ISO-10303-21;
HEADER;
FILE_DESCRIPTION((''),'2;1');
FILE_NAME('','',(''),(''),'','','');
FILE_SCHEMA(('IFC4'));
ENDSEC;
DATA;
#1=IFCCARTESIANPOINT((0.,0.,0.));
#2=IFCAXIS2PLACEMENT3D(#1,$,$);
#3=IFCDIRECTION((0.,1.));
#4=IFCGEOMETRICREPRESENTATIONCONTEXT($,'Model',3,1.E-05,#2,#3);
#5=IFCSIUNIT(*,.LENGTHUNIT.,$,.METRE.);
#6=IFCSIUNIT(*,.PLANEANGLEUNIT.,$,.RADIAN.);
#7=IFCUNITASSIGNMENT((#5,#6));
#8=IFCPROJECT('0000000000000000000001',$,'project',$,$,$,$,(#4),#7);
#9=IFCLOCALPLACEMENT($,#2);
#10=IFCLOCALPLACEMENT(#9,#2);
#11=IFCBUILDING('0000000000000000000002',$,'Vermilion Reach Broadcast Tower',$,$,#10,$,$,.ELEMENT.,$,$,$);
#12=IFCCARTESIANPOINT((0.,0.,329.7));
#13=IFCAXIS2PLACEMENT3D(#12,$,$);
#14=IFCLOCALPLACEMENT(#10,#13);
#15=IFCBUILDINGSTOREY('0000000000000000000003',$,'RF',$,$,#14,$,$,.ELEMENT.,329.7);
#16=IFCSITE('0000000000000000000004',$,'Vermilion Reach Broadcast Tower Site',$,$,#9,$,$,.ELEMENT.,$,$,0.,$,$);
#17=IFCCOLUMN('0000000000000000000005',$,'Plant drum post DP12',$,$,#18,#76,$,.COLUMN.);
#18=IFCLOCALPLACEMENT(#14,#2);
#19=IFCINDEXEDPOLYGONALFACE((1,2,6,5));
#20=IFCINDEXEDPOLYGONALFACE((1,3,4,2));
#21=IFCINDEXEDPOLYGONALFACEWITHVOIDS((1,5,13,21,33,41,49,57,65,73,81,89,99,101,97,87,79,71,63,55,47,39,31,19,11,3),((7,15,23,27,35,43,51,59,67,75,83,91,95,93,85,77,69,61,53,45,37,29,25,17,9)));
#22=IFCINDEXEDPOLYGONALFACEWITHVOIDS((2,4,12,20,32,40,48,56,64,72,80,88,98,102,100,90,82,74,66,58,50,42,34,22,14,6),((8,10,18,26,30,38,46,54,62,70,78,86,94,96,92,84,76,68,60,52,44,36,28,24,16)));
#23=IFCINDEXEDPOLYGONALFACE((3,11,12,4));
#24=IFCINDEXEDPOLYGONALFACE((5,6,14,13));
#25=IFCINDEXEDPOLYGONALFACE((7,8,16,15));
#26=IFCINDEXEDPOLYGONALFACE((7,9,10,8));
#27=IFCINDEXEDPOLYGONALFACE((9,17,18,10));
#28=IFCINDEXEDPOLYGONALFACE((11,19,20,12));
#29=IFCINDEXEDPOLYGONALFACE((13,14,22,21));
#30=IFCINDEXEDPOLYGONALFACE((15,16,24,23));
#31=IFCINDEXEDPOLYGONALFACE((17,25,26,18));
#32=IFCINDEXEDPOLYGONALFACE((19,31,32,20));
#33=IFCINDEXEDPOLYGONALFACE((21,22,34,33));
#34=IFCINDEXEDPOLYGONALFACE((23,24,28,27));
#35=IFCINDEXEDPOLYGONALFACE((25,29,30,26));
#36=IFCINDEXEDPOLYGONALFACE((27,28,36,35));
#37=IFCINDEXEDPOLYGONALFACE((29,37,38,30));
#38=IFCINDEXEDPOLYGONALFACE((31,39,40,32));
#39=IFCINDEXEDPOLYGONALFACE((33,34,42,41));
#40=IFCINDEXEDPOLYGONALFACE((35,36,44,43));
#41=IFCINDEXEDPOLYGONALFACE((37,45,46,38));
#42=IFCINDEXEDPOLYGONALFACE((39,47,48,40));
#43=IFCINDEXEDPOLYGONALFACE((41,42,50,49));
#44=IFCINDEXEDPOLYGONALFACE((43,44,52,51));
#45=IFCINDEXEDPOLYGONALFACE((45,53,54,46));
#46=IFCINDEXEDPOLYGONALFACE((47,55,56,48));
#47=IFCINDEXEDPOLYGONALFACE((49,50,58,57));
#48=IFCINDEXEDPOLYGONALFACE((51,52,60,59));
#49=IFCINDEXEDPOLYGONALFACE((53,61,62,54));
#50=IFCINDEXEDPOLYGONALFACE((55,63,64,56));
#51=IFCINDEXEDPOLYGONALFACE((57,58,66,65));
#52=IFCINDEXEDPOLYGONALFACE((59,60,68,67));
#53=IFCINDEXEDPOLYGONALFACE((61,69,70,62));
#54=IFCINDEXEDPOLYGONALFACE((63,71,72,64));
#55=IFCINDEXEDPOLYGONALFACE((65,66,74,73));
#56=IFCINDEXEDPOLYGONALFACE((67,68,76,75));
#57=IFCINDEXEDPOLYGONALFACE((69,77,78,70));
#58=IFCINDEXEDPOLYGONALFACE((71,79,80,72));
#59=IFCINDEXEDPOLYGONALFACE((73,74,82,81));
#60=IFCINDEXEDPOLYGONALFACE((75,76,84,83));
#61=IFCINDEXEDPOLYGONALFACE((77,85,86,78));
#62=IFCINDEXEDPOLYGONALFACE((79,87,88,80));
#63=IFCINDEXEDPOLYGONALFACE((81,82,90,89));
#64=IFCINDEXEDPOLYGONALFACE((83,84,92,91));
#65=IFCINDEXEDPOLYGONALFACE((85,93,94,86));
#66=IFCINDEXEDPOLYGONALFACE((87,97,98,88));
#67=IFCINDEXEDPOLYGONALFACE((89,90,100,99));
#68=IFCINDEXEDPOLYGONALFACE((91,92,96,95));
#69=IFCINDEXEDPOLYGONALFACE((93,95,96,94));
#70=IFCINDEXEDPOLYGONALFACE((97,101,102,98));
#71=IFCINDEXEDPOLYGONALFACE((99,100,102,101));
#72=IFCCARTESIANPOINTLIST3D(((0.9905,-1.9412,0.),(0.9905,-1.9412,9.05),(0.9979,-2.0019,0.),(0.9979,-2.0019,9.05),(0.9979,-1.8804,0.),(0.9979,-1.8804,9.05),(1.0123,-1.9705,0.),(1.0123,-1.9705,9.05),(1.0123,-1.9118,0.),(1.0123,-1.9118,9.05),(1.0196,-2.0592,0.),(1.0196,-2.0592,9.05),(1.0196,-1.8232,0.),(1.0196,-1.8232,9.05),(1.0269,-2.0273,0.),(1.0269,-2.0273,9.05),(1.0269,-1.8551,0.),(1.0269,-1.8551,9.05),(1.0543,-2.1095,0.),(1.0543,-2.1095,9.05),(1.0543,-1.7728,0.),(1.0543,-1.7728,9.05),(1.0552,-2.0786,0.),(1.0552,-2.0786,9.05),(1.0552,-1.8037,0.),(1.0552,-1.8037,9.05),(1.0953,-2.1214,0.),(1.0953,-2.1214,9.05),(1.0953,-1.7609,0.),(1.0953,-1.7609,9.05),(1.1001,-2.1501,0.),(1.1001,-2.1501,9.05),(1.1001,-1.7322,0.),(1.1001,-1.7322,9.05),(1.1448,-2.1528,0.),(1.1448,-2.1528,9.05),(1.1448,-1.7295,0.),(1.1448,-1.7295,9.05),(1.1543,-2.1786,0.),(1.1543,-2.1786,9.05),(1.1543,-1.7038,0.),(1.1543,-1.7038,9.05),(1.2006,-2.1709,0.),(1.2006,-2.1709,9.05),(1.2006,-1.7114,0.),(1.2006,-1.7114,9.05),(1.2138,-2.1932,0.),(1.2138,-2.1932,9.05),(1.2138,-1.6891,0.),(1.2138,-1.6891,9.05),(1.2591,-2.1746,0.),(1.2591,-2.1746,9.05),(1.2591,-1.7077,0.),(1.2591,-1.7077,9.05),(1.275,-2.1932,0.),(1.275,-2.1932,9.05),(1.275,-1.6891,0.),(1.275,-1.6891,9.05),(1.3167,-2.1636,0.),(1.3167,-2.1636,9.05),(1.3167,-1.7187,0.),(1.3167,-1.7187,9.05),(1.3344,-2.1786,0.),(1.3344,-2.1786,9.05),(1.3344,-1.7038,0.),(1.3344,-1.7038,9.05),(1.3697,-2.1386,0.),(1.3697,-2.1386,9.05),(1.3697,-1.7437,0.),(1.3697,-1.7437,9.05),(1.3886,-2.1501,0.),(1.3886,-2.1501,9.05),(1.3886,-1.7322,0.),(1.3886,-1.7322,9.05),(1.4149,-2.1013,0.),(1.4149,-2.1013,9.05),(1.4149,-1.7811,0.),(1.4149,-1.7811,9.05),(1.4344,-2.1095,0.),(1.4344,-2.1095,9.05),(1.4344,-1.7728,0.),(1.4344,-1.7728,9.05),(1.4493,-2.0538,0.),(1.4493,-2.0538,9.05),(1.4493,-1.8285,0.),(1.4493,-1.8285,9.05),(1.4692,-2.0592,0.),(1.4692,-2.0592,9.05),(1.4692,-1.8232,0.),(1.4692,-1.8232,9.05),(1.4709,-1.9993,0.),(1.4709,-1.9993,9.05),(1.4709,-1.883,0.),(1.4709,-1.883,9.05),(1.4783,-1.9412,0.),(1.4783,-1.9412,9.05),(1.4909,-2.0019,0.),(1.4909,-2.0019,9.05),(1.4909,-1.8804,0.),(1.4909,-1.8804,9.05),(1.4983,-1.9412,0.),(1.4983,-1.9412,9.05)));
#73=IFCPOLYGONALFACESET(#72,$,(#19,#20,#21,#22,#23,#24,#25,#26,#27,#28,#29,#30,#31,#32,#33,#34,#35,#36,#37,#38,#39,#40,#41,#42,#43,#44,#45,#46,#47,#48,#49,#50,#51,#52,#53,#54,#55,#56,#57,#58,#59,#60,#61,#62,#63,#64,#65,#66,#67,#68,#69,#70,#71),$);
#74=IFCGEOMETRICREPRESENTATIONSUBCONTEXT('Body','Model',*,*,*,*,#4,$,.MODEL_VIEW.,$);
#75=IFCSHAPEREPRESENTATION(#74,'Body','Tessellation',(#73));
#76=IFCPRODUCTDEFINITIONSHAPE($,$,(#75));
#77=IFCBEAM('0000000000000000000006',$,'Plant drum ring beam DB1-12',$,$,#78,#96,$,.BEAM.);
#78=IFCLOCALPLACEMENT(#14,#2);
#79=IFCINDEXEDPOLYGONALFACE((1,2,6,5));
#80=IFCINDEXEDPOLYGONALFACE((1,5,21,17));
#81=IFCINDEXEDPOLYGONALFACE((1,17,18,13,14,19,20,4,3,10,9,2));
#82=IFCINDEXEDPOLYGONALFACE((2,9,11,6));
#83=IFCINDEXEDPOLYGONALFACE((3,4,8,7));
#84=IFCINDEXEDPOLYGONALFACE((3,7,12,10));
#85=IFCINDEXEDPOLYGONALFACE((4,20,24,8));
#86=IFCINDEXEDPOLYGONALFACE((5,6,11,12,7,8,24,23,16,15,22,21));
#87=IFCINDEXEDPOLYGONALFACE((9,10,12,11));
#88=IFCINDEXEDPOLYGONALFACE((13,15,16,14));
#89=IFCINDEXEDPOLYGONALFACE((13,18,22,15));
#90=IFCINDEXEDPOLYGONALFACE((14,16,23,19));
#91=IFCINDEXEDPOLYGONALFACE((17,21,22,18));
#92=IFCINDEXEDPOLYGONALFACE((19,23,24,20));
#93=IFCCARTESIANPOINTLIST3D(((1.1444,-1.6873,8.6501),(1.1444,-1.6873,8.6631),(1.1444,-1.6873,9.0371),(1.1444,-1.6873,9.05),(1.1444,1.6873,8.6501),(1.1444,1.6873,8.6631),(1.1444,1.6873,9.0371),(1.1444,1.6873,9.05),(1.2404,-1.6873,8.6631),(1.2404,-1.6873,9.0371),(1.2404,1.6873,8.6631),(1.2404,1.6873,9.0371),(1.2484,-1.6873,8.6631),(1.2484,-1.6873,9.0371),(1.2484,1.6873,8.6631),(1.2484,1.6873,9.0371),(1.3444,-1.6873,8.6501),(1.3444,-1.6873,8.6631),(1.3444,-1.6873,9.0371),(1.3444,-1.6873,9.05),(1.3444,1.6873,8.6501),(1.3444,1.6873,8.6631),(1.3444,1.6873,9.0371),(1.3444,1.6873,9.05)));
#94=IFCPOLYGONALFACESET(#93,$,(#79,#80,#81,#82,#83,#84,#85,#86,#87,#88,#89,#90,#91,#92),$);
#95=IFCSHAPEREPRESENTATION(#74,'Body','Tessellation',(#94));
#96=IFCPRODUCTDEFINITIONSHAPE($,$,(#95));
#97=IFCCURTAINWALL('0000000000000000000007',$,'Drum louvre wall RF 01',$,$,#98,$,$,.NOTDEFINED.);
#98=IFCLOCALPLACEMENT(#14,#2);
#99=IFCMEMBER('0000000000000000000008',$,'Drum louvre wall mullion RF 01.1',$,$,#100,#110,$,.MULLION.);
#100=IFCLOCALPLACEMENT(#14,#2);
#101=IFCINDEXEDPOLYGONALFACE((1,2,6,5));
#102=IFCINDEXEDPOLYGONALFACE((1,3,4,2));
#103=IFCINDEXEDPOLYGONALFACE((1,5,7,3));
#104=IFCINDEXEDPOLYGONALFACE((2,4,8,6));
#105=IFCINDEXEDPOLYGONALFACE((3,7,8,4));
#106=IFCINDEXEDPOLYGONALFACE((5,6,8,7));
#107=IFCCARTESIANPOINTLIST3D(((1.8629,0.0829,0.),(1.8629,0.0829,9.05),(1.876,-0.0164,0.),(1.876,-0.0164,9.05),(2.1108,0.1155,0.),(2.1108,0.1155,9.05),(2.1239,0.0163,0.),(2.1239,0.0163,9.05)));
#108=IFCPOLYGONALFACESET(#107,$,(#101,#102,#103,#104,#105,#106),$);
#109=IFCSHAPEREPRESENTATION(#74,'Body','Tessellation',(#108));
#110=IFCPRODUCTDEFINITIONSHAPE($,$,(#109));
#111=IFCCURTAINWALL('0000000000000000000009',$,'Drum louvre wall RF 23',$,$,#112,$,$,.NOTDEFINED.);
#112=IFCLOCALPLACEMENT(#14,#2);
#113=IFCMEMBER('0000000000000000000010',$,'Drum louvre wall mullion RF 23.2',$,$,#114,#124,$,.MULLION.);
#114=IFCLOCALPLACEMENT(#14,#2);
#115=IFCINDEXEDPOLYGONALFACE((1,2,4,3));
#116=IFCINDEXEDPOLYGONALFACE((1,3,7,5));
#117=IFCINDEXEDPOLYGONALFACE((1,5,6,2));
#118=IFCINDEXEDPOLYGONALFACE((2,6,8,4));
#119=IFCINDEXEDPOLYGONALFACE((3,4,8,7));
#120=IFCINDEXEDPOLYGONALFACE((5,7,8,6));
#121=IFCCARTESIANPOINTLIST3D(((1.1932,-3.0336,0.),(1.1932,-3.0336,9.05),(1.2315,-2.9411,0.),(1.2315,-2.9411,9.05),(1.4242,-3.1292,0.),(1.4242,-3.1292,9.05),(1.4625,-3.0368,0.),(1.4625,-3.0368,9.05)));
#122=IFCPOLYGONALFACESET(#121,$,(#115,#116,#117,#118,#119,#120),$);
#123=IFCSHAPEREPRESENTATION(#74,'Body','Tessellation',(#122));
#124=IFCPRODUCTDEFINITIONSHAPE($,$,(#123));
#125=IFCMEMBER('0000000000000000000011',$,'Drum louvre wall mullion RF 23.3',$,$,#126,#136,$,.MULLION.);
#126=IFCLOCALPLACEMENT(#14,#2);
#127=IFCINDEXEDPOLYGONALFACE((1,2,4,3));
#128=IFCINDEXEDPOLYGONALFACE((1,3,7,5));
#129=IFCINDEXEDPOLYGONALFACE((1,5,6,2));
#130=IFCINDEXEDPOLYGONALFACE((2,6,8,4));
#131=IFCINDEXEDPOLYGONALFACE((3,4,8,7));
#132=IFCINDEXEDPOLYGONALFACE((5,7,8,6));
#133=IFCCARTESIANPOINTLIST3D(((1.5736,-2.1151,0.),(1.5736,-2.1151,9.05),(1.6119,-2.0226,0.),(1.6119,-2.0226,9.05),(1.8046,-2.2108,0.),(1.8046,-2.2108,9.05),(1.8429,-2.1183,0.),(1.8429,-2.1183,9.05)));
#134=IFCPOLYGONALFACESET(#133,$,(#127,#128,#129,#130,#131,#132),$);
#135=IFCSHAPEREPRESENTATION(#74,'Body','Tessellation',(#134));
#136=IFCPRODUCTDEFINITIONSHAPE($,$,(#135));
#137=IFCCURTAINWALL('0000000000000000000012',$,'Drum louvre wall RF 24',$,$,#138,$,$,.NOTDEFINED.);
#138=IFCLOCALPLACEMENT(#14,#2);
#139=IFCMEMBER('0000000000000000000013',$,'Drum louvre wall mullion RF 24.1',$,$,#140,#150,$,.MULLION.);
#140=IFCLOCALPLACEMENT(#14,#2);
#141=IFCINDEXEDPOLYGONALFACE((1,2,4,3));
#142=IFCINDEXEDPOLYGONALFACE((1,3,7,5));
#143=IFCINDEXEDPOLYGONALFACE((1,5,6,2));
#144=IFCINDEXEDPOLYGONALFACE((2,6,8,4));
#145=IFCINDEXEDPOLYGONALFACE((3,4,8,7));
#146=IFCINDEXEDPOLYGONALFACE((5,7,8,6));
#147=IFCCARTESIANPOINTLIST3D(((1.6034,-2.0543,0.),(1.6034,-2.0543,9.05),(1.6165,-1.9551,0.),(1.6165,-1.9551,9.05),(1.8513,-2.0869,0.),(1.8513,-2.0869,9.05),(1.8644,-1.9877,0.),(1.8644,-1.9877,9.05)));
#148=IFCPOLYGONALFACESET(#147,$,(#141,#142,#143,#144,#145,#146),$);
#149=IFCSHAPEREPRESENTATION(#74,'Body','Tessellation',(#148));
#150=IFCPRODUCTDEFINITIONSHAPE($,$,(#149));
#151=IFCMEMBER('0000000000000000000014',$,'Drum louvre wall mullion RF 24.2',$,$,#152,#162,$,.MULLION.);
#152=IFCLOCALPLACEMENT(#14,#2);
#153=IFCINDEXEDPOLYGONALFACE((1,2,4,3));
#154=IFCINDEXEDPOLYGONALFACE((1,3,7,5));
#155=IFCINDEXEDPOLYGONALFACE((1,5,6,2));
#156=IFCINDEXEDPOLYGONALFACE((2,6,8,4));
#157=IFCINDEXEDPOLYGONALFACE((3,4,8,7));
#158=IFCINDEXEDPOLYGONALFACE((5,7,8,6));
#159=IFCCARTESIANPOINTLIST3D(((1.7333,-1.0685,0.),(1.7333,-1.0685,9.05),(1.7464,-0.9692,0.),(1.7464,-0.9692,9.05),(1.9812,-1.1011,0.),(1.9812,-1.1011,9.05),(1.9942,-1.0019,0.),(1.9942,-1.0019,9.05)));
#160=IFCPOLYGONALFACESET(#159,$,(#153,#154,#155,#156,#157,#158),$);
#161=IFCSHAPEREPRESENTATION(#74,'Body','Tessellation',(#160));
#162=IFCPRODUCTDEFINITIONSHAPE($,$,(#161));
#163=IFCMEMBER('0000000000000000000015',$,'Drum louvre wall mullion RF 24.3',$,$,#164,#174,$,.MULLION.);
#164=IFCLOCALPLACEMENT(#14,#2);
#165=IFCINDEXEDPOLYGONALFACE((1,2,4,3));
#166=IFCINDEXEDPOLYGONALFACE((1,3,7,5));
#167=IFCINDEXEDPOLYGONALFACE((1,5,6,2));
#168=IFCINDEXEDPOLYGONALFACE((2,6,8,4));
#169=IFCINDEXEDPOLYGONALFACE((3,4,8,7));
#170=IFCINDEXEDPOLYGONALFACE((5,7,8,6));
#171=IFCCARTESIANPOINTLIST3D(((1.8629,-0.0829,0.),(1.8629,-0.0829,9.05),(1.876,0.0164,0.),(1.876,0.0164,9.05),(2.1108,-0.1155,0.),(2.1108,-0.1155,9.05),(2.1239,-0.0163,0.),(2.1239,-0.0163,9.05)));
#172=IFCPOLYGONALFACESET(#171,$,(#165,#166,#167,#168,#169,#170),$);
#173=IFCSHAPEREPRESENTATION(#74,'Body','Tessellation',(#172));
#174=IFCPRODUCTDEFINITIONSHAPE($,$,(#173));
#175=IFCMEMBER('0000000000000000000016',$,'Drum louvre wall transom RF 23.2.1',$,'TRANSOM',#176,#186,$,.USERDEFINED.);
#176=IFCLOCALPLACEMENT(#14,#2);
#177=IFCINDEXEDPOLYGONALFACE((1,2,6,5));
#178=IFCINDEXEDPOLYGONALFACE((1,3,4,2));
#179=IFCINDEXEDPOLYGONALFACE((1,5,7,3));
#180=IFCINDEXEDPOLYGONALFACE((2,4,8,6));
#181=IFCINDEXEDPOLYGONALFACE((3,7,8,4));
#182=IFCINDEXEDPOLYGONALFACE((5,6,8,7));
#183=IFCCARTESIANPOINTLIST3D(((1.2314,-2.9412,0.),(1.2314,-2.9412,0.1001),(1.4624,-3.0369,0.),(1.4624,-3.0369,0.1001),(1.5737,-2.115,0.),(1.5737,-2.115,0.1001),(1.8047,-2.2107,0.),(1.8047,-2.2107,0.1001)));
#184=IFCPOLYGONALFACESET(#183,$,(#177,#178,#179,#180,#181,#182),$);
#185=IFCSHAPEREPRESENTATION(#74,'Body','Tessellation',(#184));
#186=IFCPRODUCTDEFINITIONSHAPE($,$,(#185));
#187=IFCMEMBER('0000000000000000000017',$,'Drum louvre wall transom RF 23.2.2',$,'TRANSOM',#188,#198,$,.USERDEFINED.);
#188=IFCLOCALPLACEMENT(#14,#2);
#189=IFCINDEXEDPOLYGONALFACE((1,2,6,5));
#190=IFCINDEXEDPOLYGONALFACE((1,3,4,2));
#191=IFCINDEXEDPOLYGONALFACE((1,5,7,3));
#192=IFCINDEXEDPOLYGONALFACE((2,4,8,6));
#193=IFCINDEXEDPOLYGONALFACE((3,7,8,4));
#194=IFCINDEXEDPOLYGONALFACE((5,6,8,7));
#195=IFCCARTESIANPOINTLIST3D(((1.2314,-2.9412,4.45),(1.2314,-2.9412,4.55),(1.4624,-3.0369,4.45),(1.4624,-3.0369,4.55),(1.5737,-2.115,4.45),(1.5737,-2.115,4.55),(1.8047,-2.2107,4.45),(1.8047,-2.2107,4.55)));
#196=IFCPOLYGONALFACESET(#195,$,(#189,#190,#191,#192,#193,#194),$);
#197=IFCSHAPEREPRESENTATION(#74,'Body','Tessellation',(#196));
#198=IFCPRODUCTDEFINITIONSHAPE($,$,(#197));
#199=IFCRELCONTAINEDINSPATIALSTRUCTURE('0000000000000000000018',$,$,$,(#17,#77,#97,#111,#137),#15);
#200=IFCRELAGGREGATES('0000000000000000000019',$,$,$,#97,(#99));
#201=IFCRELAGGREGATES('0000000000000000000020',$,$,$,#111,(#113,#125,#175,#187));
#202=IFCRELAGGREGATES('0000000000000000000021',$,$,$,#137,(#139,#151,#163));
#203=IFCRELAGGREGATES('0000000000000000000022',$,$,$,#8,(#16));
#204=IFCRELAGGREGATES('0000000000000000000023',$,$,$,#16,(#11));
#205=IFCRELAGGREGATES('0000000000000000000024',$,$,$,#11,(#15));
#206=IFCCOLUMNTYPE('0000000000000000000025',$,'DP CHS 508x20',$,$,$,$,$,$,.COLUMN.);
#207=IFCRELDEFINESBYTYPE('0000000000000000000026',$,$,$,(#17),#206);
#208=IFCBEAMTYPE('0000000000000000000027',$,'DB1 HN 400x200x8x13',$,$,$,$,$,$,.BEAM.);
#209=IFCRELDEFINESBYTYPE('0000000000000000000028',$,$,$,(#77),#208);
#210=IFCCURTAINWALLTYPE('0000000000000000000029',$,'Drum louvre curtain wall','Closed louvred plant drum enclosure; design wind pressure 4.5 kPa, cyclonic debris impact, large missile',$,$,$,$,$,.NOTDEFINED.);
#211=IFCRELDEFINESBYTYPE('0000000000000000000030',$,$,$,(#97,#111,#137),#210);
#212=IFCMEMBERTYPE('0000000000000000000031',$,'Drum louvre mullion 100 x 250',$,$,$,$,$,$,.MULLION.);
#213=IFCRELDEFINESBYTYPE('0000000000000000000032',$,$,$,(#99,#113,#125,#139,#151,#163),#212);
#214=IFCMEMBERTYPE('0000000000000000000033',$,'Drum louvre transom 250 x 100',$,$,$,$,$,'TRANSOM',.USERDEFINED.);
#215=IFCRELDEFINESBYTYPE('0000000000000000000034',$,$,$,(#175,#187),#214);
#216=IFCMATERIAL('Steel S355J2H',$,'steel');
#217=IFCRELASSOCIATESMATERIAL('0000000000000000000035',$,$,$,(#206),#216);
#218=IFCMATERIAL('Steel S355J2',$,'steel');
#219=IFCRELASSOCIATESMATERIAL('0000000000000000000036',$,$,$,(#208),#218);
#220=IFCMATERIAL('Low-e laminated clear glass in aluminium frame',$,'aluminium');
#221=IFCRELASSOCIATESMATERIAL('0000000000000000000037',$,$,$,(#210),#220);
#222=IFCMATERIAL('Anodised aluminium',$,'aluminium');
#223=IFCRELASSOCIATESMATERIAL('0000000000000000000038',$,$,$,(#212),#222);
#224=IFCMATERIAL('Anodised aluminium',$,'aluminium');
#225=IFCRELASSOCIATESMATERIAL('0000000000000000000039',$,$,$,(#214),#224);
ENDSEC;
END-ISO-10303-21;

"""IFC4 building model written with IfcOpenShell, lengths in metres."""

from ifc_helpers import new_model, si_unit, direction, frame, origin, origin_2d, place, context, subcontext, project, spatial, rectangle, hollow_circle, i_section, extrude, material, material_profile, profile_set, type_object, element, aggregate, save


model = new_model("IFC4")

# Units and contexts
model_context = context("Model", 3, precision=1e-05, world=origin(), true_north=direction((0.0, 1.0)))
body_context = subcontext(model_context, "Body", "Model", "MODEL_VIEW")
ifc_project = project(units=[si_unit("LENGTHUNIT", "METRE"), si_unit("PLANEANGLEUNIT", "RADIAN")], contexts=[model_context])

# Site, building, storey
site_placement = place(None, origin())
site = spatial("IfcSite", under=ifc_project, at=site_placement, Name="Vermilion Reach Broadcast Tower Site", CompositionType="ELEMENT", RefElevation=0.0)
building_placement = place(site_placement, origin())
building = spatial("IfcBuilding", under=site, at=building_placement, Name="Vermilion Reach Broadcast Tower", CompositionType="ELEMENT")
storey_placement = place(building_placement, frame((0.0, 0.0, 329.7)))
storey = spatial("IfcBuildingStorey", under=building, at=storey_placement, Name="RF", CompositionType="ELEMENT", Elevation=329.7)

# Column
ifc_material_1 = material(Name="Steel S355J2H", Category="steel")
ifc_material_profile_1 = material_profile(ifc_material_1, hollow_circle(Radius=0.2539, WallThickness=0.02, at=origin_2d()), Name="S355J2H CHS 508x20")
ifc_profile_set_1 = profile_set([ifc_material_profile_1], Name="Steel S355J2H")
column_type = type_object("IfcColumnType", Name="DP CHS 508x20", PredefinedType="COLUMN", material=ifc_profile_set_1)
column_placement = place(storey_placement, frame((1.2444, -1.9412, 0.0), z_axis=(0.0, 0.0, 1.0), x_axis=(1.0, 0.0, 0.0)))
element("IfcColumn", 1, at=column_placement, inside=storey, type_object=column_type, Name="Plant drum post DP12", PredefinedType="COLUMN", context=body_context, shape_type="SweptSolid", body=[
    extrude(hollow_circle(Radius=0.2539, WallThickness=0.02, at=origin_2d()), origin(), (0.0, 0.0, 1.0), 9.05),
])

# Beam
ifc_material_2 = material(Name="Steel S355J2", Category="steel")
ifc_material_profile_2 = material_profile(ifc_material_2, i_section(OverallWidth=0.2, OverallDepth=0.3999, WebThickness=0.0081, FlangeThickness=0.0129, at=origin_2d()), Name="S355J2 HN 400x200x8x13")
ifc_profile_set_2 = profile_set([ifc_material_profile_2], Name="Steel S355J2")
beam_type = type_object("IfcBeamType", Name="DB1 HN 400x200x8x13", PredefinedType="BEAM", material=ifc_profile_set_2)
beam_placement = place(storey_placement, frame((1.2444, -1.6873, 8.8501), z_axis=(0.0, 1.0, 0.0), x_axis=(-1.0, 0.0, 0.0)))
element("IfcBeam", 2, at=beam_placement, inside=storey, type_object=beam_type, Name="Plant drum ring beam DB1-12", PredefinedType="BEAM", context=body_context, shape_type="SweptSolid", body=[
    extrude(i_section(OverallWidth=0.2, OverallDepth=0.3999, WebThickness=0.0081, FlangeThickness=0.0129, at=origin_2d()), origin(), (0.0, 0.0, 1.0), 3.3745),
])

# Curtain wall, member
ifc_material_3 = material(Name="Low-e laminated clear glass in aluminium frame", Category="aluminium")
curtain_wall_type = type_object("IfcCurtainWallType", Name="Drum louvre curtain wall", Description="Closed louvred plant drum enclosure; design wind pressure 4.5 kPa, cyclonic debris impact, large missile", PredefinedType="NOTDEFINED", material=ifc_material_3)
placement = place(storey_placement, origin())
curtain_wall_1 = element("IfcCurtainWall", 3, at=placement, inside=storey, type_object=curtain_wall_type, Name="Drum louvre wall RF 01", PredefinedType="NOTDEFINED")
ifc_material_4 = material(Name="Anodised aluminium", Category="aluminium")
ifc_material_profile_3 = material_profile(ifc_material_4, rectangle(XDim=0.25, YDim=0.1001, at=origin_2d()), Name="Drum louvre mullion 100 x 250")
ifc_profile_set_3 = profile_set([ifc_material_profile_3], Name="Anodised aluminium")
member_type_1 = type_object("IfcMemberType", Name="Drum louvre mullion 100 x 250", PredefinedType="MULLION", material=ifc_profile_set_3)
member_1_placement = place(storey_placement, frame((1.9934, 0.0496, 0.0), z_axis=(0.0, 0.0, 1.0), x_axis=(-0.991445, -0.130526, 0.0)))
member_1 = element("IfcMember", 4, at=member_1_placement, type_object=member_type_1, Name="Drum louvre wall mullion RF 01.1", PredefinedType="MULLION", context=body_context, shape_type="SweptSolid", body=[
    extrude(rectangle(XDim=0.25, YDim=0.1001, at=origin_2d()), origin(), (0.0, 0.0, 1.0), 9.05),
])
aggregate(curtain_wall_1, [member_1])

# Curtain walls, members
curtain_wall_2 = element("IfcCurtainWall", 5, at=placement, inside=storey, type_object=curtain_wall_type, Name="Drum louvre wall RF 23", PredefinedType="NOTDEFINED")
member_2_placement = place(storey_placement, frame((1.3279, -3.0352, 0.0), z_axis=(0.0, 0.0, 1.0), x_axis=(-0.92388, 0.382683, 0.0)))
member_2 = element("IfcMember", 6, at=member_2_placement, type_object=member_type_1, Name="Drum louvre wall mullion RF 23.2", PredefinedType="MULLION", context=body_context, shape_type="SweptSolid", body=[
    extrude(rectangle(XDim=0.25, YDim=0.1001, at=origin_2d()), origin(), (0.0, 0.0, 1.0), 9.05),
])
member_3_placement = place(storey_placement, frame((1.7083, -2.1167, 0.0), z_axis=(0.0, 0.0, 1.0), x_axis=(-0.92388, 0.382683, 0.0)))
member_3 = element("IfcMember", 7, at=member_3_placement, type_object=member_type_1, Name="Drum louvre wall mullion RF 23.3", PredefinedType="MULLION", context=body_context, shape_type="SweptSolid", body=[
    extrude(rectangle(XDim=0.25, YDim=0.1001, at=origin_2d()), origin(), (0.0, 0.0, 1.0), 9.05),
])
curtain_wall_3 = element("IfcCurtainWall", 8, at=placement, inside=storey, type_object=curtain_wall_type, Name="Drum louvre wall RF 24", PredefinedType="NOTDEFINED")
member_4_placement = place(storey_placement, frame((1.7339, -2.021, 0.0), z_axis=(0.0, 0.0, 1.0), x_axis=(-0.991445, 0.130526, 0.0)))
member_4 = element("IfcMember", 9, at=member_4_placement, type_object=member_type_1, Name="Drum louvre wall mullion RF 24.1", PredefinedType="MULLION", context=body_context, shape_type="SweptSolid", body=[
    extrude(rectangle(XDim=0.25, YDim=0.1001, at=origin_2d()), origin(), (0.0, 0.0, 1.0), 9.05),
])
member_5_placement = place(storey_placement, frame((1.8638, -1.0352, 0.0), z_axis=(0.0, 0.0, 1.0), x_axis=(-0.991445, 0.130526, 0.0)))
member_5 = element("IfcMember", 10, at=member_5_placement, type_object=member_type_1, Name="Drum louvre wall mullion RF 24.2", PredefinedType="MULLION", context=body_context, shape_type="SweptSolid", body=[
    extrude(rectangle(XDim=0.25, YDim=0.1001, at=origin_2d()), origin(), (0.0, 0.0, 1.0), 9.05),
])
member_6_placement = place(storey_placement, frame((1.9934, -0.0496, 0.0), z_axis=(0.0, 0.0, 1.0), x_axis=(-0.991445, 0.130526, 0.0)))
member_6 = element("IfcMember", 11, at=member_6_placement, type_object=member_type_1, Name="Drum louvre wall mullion RF 24.3", PredefinedType="MULLION", context=body_context, shape_type="SweptSolid", body=[
    extrude(rectangle(XDim=0.25, YDim=0.1001, at=origin_2d()), origin(), (0.0, 0.0, 1.0), 9.05),
])

# Members
ifc_material_5 = material(Name="Anodised aluminium", Category="aluminium")
ifc_material_profile_4 = material_profile(ifc_material_5, rectangle(XDim=0.25, YDim=0.1001, at=origin_2d()), Name="Drum louvre transom 250 x 100")
ifc_profile_set_4 = profile_set([ifc_material_profile_4], Name="Anodised aluminium")
member_type_2 = type_object("IfcMemberType", Name="Drum louvre transom 250 x 100", ElementType="TRANSOM", PredefinedType="USERDEFINED", material=ifc_profile_set_4)
member_7_placement = place(storey_placement, frame((1.3469, -2.989, 0.05), z_axis=(0.382754, 0.92385, 0.0), x_axis=(-0.92385, 0.382754, 0.0)))
member_7 = element("IfcMember", 12, at=member_7_placement, type_object=member_type_2, Name="Drum louvre wall transom RF 23.2.1", ObjectType="TRANSOM", PredefinedType="USERDEFINED", context=body_context, shape_type="SweptSolid", body=[
    extrude(rectangle(XDim=0.25, YDim=0.1001, at=origin_2d()), origin(), (0.0, 0.0, 1.0), 0.8943),
])
member_8_placement = place(storey_placement, frame((1.3469, -2.989, 4.5), z_axis=(0.382754, 0.92385, 0.0), x_axis=(-0.92385, 0.382754, 0.0)))
member_8 = element("IfcMember", 13, at=member_8_placement, type_object=member_type_2, Name="Drum louvre wall transom RF 23.2.2", ObjectType="TRANSOM", PredefinedType="USERDEFINED", context=body_context, shape_type="SweptSolid", body=[
    extrude(rectangle(XDim=0.25, YDim=0.1001, at=origin_2d()), origin(), (0.0, 0.0, 1.0), 0.8943),
])

aggregate(curtain_wall_2, [member_2, member_3, member_7, member_8])
aggregate(curtain_wall_3, [member_4, member_5, member_6])

save(model, "model.ifc")
